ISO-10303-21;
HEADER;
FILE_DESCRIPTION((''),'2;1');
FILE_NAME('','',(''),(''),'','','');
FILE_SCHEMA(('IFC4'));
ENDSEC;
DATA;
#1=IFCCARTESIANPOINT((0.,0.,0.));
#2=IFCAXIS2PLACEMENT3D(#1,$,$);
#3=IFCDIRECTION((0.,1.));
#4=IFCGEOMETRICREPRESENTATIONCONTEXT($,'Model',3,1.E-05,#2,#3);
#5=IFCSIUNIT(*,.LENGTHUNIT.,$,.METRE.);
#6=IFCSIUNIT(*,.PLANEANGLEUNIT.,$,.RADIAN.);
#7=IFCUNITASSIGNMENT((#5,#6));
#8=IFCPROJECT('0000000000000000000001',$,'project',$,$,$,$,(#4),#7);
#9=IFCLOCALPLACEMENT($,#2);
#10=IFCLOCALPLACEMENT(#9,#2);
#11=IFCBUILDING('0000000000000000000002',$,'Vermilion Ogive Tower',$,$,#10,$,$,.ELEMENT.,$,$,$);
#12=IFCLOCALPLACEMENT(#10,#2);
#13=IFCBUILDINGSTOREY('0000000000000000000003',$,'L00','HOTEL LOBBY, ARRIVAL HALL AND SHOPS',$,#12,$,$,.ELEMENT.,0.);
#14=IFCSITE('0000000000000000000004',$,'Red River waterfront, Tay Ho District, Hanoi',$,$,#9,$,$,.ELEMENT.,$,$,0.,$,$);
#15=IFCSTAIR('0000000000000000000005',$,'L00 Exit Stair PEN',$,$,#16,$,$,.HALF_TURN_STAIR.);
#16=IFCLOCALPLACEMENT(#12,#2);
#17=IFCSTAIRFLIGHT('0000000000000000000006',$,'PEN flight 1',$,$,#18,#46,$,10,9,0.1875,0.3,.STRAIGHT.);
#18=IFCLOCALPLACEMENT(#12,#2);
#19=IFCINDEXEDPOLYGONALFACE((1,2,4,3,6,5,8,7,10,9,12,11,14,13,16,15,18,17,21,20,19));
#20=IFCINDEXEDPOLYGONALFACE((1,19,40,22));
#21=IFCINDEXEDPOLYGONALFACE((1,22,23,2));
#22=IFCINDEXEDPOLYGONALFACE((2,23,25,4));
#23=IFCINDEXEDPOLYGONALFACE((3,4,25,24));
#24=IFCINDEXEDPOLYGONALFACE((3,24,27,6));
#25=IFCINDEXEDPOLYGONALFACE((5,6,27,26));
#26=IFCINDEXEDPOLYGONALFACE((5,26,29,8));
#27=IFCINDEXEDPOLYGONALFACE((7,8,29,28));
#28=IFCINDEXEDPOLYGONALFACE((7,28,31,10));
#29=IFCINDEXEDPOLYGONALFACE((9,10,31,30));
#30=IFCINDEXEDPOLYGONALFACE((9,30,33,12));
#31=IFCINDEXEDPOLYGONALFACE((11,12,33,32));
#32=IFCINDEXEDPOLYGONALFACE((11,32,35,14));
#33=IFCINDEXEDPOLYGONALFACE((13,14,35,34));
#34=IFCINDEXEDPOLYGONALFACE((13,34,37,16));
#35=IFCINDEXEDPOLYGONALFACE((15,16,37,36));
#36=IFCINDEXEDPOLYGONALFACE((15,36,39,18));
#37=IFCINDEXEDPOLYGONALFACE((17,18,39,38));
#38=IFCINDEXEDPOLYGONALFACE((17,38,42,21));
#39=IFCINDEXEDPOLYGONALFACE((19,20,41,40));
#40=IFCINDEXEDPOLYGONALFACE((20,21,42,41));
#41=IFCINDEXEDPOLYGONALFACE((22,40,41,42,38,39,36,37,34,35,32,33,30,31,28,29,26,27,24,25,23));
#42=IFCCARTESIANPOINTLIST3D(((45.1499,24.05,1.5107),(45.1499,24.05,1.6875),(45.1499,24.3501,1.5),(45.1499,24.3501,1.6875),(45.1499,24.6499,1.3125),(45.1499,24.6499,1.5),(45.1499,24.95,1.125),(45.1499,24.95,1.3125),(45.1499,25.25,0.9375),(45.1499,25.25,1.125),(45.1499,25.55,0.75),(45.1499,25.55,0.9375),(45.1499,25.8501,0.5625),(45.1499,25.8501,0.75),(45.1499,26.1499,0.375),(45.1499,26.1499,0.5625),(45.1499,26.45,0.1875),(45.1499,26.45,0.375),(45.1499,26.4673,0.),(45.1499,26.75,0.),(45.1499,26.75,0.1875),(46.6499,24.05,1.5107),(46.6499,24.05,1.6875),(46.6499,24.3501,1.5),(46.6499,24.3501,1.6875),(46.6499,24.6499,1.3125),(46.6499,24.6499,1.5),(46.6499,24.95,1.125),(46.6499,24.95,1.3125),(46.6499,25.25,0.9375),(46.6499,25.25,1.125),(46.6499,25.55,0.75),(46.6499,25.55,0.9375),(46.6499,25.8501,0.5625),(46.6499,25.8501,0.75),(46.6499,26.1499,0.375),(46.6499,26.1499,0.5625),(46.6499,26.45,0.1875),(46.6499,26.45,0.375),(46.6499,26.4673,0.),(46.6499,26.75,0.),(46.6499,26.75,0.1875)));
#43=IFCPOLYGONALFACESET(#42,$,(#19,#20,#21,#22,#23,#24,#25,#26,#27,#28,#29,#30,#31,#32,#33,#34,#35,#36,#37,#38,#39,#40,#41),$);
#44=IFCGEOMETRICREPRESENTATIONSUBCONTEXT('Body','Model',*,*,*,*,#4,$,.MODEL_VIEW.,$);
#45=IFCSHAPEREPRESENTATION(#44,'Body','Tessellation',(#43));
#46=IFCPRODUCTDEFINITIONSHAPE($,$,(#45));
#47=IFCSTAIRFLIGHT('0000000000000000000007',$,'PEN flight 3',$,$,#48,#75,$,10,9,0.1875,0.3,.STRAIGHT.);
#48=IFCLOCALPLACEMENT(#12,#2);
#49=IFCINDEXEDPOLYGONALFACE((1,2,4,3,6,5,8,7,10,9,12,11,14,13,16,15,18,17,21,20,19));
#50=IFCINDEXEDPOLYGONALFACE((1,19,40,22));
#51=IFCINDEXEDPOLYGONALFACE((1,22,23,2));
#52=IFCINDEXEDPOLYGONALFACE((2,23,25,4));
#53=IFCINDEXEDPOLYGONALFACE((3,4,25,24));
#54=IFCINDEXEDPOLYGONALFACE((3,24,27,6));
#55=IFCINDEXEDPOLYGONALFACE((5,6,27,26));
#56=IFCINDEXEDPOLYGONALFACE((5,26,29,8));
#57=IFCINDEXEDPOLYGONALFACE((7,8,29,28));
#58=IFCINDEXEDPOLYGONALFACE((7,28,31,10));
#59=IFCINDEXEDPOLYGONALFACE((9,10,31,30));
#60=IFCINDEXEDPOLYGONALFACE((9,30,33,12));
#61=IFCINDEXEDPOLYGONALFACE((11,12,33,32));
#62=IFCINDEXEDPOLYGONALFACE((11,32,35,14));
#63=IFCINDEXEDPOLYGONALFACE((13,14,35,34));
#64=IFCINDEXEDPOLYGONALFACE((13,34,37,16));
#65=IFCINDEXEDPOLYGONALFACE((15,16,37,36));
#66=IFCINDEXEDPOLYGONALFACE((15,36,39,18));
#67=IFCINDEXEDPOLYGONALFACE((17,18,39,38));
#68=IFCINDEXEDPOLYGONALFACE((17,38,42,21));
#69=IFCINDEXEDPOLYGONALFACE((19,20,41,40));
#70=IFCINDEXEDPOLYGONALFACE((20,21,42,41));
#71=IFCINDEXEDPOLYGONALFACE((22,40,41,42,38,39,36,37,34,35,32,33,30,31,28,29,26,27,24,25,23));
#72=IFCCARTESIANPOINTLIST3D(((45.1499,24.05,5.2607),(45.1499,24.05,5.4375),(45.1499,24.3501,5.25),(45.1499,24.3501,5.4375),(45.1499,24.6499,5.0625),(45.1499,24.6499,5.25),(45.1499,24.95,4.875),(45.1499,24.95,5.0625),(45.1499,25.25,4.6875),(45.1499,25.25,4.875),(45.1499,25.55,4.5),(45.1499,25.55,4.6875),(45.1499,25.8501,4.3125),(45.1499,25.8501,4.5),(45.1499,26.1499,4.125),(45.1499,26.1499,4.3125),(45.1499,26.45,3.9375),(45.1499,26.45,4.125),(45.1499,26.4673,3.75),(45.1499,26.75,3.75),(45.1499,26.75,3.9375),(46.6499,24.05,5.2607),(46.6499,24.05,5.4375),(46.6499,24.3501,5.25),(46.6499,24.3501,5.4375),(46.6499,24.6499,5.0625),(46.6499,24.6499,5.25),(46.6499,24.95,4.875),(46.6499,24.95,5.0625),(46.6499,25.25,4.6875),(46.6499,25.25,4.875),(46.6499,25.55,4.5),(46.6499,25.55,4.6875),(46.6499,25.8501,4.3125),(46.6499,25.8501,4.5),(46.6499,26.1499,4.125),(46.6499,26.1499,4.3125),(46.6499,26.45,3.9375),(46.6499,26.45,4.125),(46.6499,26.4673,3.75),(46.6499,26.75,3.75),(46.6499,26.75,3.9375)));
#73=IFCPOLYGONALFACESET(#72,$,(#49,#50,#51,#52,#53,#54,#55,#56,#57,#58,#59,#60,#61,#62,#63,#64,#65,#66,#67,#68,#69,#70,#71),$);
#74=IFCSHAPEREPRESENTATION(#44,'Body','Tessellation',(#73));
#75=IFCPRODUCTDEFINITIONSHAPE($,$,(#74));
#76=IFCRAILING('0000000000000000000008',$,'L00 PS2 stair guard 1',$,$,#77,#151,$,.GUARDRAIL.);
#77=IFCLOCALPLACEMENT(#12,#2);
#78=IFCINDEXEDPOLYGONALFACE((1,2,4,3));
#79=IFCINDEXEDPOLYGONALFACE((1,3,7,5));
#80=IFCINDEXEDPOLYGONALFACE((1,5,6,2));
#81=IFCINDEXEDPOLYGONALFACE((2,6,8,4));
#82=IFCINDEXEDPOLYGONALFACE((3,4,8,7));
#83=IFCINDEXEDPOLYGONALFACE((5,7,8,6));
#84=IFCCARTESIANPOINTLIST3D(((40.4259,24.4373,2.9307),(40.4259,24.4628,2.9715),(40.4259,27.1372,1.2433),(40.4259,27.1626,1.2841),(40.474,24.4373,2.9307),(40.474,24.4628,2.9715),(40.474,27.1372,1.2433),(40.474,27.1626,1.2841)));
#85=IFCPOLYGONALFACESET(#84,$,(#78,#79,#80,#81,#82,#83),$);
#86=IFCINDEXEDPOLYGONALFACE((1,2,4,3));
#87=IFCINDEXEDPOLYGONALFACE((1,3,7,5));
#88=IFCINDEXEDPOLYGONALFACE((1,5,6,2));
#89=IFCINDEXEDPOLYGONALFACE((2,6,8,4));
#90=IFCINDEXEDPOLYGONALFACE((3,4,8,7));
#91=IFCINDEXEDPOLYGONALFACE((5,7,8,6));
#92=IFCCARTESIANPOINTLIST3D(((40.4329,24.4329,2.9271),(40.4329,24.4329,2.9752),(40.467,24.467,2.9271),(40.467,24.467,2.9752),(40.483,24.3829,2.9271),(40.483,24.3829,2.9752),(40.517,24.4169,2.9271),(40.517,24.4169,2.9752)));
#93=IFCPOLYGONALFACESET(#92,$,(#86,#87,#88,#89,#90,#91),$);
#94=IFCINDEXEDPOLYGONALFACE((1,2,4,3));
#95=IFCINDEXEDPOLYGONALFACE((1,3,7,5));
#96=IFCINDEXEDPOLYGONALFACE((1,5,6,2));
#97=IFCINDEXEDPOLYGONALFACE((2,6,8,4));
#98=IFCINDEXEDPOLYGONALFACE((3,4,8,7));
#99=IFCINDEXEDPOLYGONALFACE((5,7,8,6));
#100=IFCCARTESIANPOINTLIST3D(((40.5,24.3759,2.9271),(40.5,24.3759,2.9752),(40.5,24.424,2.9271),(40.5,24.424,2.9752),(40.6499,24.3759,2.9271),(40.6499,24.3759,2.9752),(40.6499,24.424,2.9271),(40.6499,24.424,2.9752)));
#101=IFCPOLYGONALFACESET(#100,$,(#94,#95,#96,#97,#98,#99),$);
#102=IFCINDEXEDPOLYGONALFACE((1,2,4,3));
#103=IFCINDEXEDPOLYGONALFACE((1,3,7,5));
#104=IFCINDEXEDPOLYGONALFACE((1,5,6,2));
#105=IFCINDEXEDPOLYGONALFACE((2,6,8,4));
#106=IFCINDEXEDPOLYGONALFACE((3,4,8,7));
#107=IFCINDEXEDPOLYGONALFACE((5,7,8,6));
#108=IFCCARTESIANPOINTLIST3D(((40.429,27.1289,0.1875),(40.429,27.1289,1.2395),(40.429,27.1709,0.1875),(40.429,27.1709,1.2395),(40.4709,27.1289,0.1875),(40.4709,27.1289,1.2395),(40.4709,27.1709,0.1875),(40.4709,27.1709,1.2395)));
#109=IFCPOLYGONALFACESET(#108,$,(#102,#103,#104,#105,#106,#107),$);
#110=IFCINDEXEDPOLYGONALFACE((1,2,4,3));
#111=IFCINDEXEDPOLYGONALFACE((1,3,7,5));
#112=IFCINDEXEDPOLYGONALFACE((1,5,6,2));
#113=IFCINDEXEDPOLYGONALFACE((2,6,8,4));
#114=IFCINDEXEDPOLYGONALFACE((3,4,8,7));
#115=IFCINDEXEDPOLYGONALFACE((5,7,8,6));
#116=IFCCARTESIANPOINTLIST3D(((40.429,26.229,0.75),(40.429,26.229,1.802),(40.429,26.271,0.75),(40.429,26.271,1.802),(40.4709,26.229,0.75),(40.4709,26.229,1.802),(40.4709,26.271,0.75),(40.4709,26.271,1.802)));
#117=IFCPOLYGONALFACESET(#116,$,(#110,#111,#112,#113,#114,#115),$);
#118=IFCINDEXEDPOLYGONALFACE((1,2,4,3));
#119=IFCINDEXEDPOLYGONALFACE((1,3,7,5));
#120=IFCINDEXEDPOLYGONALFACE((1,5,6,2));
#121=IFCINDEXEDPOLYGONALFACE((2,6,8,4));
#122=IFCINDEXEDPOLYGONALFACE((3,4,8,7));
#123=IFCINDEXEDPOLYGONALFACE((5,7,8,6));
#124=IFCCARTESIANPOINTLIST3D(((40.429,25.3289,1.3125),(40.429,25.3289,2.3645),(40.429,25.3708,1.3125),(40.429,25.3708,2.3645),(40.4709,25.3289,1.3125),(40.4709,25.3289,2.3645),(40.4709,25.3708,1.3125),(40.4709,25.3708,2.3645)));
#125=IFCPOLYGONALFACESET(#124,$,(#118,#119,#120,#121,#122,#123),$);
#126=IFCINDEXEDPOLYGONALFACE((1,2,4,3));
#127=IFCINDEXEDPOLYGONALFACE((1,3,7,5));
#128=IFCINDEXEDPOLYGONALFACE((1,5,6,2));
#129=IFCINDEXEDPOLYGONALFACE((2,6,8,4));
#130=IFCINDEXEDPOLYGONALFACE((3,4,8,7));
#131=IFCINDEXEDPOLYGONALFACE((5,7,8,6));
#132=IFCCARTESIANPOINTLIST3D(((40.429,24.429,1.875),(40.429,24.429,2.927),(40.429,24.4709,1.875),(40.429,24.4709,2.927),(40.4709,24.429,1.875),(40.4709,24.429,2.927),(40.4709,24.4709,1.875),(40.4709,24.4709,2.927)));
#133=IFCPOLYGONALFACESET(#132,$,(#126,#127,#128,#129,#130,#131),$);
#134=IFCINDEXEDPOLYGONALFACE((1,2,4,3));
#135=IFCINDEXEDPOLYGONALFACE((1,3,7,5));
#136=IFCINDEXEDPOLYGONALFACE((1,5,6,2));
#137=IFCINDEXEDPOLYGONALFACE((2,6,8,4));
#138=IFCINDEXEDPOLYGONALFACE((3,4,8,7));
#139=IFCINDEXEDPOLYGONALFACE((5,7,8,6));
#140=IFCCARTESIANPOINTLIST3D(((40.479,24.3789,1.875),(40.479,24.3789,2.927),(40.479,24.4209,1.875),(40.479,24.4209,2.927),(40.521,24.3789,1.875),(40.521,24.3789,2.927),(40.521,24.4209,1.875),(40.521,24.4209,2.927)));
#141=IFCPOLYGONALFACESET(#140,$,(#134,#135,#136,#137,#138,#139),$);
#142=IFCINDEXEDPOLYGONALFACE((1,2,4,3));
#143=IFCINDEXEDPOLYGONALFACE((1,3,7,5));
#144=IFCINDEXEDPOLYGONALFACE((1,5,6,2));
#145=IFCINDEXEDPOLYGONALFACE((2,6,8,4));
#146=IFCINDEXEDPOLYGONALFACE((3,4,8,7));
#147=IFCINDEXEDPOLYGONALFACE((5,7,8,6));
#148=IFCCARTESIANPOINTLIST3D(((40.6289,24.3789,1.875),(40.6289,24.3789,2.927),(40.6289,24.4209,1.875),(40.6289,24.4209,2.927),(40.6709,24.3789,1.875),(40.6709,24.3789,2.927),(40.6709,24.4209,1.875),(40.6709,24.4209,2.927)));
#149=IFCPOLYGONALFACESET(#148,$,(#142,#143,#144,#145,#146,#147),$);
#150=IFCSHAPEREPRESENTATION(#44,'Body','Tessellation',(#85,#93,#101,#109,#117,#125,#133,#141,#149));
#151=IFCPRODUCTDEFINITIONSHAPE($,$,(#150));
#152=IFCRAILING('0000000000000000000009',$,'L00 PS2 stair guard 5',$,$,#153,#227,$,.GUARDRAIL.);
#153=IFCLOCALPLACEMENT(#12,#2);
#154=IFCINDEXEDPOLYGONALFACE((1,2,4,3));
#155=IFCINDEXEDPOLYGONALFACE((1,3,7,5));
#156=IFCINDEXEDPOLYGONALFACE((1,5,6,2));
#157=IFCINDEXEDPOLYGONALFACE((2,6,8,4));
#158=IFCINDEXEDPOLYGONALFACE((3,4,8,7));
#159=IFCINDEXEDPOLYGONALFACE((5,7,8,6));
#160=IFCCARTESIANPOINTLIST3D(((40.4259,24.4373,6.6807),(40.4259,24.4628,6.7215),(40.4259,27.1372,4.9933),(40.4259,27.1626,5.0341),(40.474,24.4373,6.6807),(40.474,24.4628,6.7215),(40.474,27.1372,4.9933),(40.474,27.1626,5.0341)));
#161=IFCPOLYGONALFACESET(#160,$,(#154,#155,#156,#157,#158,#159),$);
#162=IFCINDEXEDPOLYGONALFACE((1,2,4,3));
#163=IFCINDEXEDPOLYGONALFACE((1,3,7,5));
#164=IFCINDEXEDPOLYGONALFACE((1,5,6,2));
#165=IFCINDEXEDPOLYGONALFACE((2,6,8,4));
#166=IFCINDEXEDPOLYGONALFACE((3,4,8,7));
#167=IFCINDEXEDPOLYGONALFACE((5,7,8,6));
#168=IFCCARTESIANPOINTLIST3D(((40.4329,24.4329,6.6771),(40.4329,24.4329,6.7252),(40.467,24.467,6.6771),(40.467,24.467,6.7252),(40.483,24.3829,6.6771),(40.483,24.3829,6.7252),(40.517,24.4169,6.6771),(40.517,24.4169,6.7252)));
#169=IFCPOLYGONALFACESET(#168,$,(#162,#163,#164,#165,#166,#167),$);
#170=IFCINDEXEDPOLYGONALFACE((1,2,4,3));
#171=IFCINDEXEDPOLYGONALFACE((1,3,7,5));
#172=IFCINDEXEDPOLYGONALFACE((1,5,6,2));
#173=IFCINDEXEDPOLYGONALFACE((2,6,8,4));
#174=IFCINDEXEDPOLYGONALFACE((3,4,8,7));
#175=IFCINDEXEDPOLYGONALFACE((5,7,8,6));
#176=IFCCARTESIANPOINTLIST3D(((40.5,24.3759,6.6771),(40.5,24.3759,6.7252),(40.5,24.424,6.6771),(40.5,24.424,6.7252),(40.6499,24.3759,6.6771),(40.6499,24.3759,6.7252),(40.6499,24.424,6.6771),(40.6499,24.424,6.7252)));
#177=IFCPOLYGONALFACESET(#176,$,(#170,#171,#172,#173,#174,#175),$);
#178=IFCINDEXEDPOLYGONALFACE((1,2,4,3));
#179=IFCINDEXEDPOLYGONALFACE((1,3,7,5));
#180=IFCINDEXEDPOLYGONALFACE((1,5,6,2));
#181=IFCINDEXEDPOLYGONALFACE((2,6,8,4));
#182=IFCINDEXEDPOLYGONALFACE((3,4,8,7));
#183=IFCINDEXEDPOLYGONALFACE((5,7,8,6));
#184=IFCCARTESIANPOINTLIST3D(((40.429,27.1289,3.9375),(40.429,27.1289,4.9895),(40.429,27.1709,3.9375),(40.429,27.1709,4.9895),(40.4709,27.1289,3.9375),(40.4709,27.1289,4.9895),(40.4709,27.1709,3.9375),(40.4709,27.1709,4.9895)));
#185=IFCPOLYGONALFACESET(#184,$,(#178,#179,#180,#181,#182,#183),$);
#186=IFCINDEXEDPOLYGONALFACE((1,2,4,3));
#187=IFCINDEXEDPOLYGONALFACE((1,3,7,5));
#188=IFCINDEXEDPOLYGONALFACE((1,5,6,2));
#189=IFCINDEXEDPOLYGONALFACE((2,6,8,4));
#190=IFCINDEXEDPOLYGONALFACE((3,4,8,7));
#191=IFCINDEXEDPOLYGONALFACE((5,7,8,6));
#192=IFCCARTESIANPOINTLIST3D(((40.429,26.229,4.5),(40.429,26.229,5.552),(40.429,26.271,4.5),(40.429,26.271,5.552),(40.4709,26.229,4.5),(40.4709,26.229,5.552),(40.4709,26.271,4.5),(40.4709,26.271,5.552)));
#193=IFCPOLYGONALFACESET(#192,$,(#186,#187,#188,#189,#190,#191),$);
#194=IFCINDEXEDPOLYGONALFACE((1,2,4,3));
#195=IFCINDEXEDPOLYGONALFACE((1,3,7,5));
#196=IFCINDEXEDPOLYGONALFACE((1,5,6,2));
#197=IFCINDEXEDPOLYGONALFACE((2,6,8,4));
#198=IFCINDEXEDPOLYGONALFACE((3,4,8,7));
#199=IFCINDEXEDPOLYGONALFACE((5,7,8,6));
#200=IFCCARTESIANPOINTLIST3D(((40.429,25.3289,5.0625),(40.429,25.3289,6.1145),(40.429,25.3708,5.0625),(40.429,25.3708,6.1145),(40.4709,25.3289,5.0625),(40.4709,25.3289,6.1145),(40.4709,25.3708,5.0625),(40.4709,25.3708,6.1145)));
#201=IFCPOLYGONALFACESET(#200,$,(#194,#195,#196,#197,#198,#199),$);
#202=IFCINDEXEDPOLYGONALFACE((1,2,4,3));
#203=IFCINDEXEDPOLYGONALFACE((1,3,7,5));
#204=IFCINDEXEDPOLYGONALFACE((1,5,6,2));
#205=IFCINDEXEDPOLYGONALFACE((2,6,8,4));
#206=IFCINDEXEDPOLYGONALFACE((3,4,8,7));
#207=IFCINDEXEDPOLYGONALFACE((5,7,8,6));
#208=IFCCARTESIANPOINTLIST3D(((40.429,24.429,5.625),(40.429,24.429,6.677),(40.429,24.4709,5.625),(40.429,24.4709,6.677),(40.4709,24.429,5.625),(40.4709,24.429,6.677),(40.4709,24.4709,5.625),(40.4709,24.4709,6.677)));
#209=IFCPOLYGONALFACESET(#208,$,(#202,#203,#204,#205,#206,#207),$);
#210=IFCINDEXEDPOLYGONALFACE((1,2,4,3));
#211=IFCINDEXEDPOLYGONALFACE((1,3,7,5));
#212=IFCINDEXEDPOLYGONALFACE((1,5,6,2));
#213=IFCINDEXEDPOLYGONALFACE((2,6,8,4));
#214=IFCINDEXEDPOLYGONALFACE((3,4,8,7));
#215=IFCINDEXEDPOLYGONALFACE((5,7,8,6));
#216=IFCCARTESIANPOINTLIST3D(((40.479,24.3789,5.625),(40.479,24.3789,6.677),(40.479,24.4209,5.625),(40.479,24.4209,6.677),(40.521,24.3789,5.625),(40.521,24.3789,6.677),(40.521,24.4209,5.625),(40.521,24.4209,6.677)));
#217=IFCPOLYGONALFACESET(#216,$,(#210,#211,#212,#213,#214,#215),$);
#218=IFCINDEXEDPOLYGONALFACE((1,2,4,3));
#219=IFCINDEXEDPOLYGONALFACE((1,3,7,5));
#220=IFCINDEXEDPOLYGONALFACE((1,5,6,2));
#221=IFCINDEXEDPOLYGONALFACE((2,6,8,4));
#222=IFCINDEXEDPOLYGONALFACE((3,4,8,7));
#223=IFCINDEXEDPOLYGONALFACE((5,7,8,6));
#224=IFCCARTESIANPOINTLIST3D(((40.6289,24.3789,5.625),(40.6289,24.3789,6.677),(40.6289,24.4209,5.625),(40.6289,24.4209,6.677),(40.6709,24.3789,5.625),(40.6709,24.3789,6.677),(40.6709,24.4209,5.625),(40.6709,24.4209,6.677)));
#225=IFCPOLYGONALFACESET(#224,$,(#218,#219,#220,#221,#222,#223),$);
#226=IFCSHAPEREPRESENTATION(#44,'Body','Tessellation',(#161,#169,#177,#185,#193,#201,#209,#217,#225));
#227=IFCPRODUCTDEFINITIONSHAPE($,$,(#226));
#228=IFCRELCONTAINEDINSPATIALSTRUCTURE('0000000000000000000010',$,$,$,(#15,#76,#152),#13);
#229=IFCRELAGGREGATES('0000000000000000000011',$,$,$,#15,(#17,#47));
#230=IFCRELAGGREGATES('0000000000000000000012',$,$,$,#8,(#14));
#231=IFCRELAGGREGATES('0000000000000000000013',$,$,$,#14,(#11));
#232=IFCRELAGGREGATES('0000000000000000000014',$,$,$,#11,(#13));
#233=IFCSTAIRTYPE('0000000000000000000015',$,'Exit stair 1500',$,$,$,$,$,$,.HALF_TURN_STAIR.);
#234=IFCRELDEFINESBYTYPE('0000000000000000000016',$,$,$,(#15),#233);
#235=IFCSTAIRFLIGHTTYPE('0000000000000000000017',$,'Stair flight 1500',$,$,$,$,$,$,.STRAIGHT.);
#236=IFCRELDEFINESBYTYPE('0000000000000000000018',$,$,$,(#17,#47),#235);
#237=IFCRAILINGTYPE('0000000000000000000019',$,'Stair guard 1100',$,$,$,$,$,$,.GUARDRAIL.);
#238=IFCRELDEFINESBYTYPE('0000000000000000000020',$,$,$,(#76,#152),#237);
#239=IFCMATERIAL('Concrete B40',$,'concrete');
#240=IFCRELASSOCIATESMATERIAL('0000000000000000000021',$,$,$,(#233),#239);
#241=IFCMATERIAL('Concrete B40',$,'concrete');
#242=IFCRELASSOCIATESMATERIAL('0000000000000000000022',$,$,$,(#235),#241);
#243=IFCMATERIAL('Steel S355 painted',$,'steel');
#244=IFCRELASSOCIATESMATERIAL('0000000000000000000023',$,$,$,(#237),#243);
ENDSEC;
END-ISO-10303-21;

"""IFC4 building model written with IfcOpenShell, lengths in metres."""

from ifc_helpers import new_model, si_unit, direction, frame, origin, origin_2d, place, context, subcontext, project, spatial, polyline, rectangle, outline, extrude, material, type_object, element, aggregate, save


model = new_model("IFC4")

# Units and contexts
model_context = context("Model", 3, precision=1e-05, world=origin(), true_north=direction((0.0, 1.0)))
body_context = subcontext(model_context, "Body", "Model", "MODEL_VIEW")
ifc_project = project(units=[si_unit("LENGTHUNIT", "METRE"), si_unit("PLANEANGLEUNIT", "RADIAN")], contexts=[model_context])

# Site, building, storey
site_placement = place(None, origin())
site = spatial("IfcSite", under=ifc_project, at=site_placement, Name="Red River waterfront, Tay Ho District, Hanoi", CompositionType="ELEMENT", RefElevation=0.0)
building_placement = place(site_placement, origin())
building = spatial("IfcBuilding", under=site, at=building_placement, Name="Vermilion Ogive Tower", CompositionType="ELEMENT")
storey_placement = place(building_placement, origin())
storey = spatial("IfcBuildingStorey", under=building, at=storey_placement, Name="L00", Description="HOTEL LOBBY, ARRIVAL HALL AND SHOPS", CompositionType="ELEMENT", Elevation=0.0)

# Stair, stair flights
ifc_material_1 = material(Name="Concrete B40", Category="concrete")
stair_type = type_object("IfcStairType", Name="Exit stair 1500", PredefinedType="HALF_TURN_STAIR", material=ifc_material_1)
ifc_material_2 = material(Name="Concrete B40", Category="concrete")
stair_flight_type = type_object("IfcStairFlightType", Name="Stair flight 1500", PredefinedType="STRAIGHT", material=ifc_material_2)
stair_1_placement = place(storey_placement, origin())
stair_1 = element("IfcStair", 1, at=stair_1_placement, inside=storey, type_object=stair_type, Name="L00 Exit Stair PEN", PredefinedType="HALF_TURN_STAIR")
stair_flight_1_placement = place(storey_placement, frame((45.8999, 26.75, 0.0), z_axis=(0.0, 0.0, 1.0), x_axis=(0.0, -1.0, 0.0)))
stair_flight_1 = element("IfcStairFlight", 2, at=stair_flight_1_placement, type_object=stair_flight_type, Name="PEN flight 1", NumberOfRisers=10, NumberOfTreads=9, PredefinedType="STRAIGHT", RiserHeight=0.1875, TreadLength=0.3, context=body_context, shape_type="SweptSolid", body=[
    extrude(outline(polyline([(0.0, 0.0), (0.0, 0.1875), (0.3, 0.1875), (0.3, 0.375), (0.6001, 0.375), (0.6001, 0.5625), (0.8999, 0.5625), (0.8999, 0.75), (1.2, 0.75), (1.2, 0.9375), (1.5, 0.9375), (1.5, 1.125), (1.8, 1.125), (1.8, 1.3125), (2.1001, 1.3125), (2.1001, 1.5), (2.3999, 1.5), (2.3999, 1.6875), (2.7, 1.6875), (2.7, 1.875), (2.7, 1.5107), (0.2827, 0.0), (0.0, 0.0)])), frame((0.0, 0.75, 0.0), z_axis=(0.0, -1.0, 0.0), x_axis=(1.0, 0.0, 0.0)), (0.0, 0.0, 1.0), 1.5),
])
stair_flight_2_placement = place(storey_placement, frame((45.8999, 26.75, 3.75), z_axis=(0.0, 0.0, 1.0), x_axis=(0.0, -1.0, 0.0)))
stair_flight_2 = element("IfcStairFlight", 3, at=stair_flight_2_placement, type_object=stair_flight_type, Name="PEN flight 3", NumberOfRisers=10, NumberOfTreads=9, PredefinedType="STRAIGHT", RiserHeight=0.1875, TreadLength=0.3, context=body_context, shape_type="SweptSolid", body=[
    extrude(outline(polyline([(0.0, 0.0), (0.0, 0.1875), (0.3, 0.1875), (0.3, 0.375), (0.6001, 0.375), (0.6001, 0.5625), (0.8999, 0.5625), (0.8999, 0.75), (1.2, 0.75), (1.2, 0.9375), (1.5, 0.9375), (1.5, 1.125), (1.8, 1.125), (1.8, 1.3125), (2.1001, 1.3125), (2.1001, 1.5), (2.3999, 1.5), (2.3999, 1.6875), (2.7, 1.6875), (2.7, 1.875), (2.7, 1.5107), (0.2827, 0.0), (0.0, 0.0)])), frame((0.0, 0.75, 0.0), z_axis=(0.0, -1.0, 0.0), x_axis=(1.0, 0.0, 0.0)), (0.0, 0.0, 1.0), 1.5),
])
aggregate(stair_1, [stair_flight_1, stair_flight_2])

# Railings
ifc_material_3 = material(Name="Steel S355 painted", Category="steel")
railing_type_1 = type_object("IfcRailingType", Name="Stair guard 1100", PredefinedType="GUARDRAIL", material=ifc_material_3)
for number, where, name in (
    (4, (40.45, 27.1499, 0.1875), "L00 PS2 stair guard 1"),
    (5, (40.45, 27.1499, 3.9375), "L00 PS2 stair guard 5"),
):
    element("IfcRailing", number, at=place(storey_placement, frame(where)), inside=storey, type_object=railing_type_1, Name=name, PredefinedType="GUARDRAIL", context=body_context, shape_type="SweptSolid", body=[
        extrude(rectangle(XDim=0.0481, YDim=0.0481, at=origin_2d()), frame((0.0, 0.0, 1.0762), z_axis=(0.0, -0.847994, 0.530006), x_axis=(1.0, 0.0, 0.0)), (0.0, 0.0, 1.0), 3.1838),
        extrude(rectangle(XDim=0.0481, YDim=0.0481, at=origin_2d()), frame((0.0, -2.7, 2.7637), z_axis=(0.707107, -0.707107, 0.0), x_axis=(0.707107, 0.707107, 0.0)), (0.0, 0.0, 1.0), 0.0708),
        extrude(rectangle(XDim=0.0481, YDim=0.0481, at=origin_2d()), frame((0.05, -2.75, 2.7637), z_axis=(1.0, 0.0, 0.0), x_axis=(0.0, 1.0, 0.0)), (0.0, 0.0, 1.0), 0.1499),
        extrude(rectangle(XDim=0.042, YDim=0.042, at=origin_2d()), origin(), (0.0, 0.0, 1.0), 1.052),
        extrude(rectangle(XDim=0.042, YDim=0.042, at=origin_2d()), frame((0.0, -0.8999, 0.5625)), (0.0, 0.0, 1.0), 1.052),
        extrude(rectangle(XDim=0.042, YDim=0.042, at=origin_2d()), frame((0.0, -1.8, 1.125)), (0.0, 0.0, 1.0), 1.052),
        extrude(rectangle(XDim=0.042, YDim=0.042, at=origin_2d()), frame((0.0, -2.7, 1.6875)), (0.0, 0.0, 1.0), 1.052),
        extrude(rectangle(XDim=0.042, YDim=0.042, at=origin_2d()), frame((0.05, -2.75, 1.6875)), (0.0, 0.0, 1.0), 1.052),
        extrude(rectangle(XDim=0.042, YDim=0.042, at=origin_2d()), frame((0.2, -2.75, 1.6875)), (0.0, 0.0, 1.0), 1.052),
    ])

save(model, "model.ifc")
